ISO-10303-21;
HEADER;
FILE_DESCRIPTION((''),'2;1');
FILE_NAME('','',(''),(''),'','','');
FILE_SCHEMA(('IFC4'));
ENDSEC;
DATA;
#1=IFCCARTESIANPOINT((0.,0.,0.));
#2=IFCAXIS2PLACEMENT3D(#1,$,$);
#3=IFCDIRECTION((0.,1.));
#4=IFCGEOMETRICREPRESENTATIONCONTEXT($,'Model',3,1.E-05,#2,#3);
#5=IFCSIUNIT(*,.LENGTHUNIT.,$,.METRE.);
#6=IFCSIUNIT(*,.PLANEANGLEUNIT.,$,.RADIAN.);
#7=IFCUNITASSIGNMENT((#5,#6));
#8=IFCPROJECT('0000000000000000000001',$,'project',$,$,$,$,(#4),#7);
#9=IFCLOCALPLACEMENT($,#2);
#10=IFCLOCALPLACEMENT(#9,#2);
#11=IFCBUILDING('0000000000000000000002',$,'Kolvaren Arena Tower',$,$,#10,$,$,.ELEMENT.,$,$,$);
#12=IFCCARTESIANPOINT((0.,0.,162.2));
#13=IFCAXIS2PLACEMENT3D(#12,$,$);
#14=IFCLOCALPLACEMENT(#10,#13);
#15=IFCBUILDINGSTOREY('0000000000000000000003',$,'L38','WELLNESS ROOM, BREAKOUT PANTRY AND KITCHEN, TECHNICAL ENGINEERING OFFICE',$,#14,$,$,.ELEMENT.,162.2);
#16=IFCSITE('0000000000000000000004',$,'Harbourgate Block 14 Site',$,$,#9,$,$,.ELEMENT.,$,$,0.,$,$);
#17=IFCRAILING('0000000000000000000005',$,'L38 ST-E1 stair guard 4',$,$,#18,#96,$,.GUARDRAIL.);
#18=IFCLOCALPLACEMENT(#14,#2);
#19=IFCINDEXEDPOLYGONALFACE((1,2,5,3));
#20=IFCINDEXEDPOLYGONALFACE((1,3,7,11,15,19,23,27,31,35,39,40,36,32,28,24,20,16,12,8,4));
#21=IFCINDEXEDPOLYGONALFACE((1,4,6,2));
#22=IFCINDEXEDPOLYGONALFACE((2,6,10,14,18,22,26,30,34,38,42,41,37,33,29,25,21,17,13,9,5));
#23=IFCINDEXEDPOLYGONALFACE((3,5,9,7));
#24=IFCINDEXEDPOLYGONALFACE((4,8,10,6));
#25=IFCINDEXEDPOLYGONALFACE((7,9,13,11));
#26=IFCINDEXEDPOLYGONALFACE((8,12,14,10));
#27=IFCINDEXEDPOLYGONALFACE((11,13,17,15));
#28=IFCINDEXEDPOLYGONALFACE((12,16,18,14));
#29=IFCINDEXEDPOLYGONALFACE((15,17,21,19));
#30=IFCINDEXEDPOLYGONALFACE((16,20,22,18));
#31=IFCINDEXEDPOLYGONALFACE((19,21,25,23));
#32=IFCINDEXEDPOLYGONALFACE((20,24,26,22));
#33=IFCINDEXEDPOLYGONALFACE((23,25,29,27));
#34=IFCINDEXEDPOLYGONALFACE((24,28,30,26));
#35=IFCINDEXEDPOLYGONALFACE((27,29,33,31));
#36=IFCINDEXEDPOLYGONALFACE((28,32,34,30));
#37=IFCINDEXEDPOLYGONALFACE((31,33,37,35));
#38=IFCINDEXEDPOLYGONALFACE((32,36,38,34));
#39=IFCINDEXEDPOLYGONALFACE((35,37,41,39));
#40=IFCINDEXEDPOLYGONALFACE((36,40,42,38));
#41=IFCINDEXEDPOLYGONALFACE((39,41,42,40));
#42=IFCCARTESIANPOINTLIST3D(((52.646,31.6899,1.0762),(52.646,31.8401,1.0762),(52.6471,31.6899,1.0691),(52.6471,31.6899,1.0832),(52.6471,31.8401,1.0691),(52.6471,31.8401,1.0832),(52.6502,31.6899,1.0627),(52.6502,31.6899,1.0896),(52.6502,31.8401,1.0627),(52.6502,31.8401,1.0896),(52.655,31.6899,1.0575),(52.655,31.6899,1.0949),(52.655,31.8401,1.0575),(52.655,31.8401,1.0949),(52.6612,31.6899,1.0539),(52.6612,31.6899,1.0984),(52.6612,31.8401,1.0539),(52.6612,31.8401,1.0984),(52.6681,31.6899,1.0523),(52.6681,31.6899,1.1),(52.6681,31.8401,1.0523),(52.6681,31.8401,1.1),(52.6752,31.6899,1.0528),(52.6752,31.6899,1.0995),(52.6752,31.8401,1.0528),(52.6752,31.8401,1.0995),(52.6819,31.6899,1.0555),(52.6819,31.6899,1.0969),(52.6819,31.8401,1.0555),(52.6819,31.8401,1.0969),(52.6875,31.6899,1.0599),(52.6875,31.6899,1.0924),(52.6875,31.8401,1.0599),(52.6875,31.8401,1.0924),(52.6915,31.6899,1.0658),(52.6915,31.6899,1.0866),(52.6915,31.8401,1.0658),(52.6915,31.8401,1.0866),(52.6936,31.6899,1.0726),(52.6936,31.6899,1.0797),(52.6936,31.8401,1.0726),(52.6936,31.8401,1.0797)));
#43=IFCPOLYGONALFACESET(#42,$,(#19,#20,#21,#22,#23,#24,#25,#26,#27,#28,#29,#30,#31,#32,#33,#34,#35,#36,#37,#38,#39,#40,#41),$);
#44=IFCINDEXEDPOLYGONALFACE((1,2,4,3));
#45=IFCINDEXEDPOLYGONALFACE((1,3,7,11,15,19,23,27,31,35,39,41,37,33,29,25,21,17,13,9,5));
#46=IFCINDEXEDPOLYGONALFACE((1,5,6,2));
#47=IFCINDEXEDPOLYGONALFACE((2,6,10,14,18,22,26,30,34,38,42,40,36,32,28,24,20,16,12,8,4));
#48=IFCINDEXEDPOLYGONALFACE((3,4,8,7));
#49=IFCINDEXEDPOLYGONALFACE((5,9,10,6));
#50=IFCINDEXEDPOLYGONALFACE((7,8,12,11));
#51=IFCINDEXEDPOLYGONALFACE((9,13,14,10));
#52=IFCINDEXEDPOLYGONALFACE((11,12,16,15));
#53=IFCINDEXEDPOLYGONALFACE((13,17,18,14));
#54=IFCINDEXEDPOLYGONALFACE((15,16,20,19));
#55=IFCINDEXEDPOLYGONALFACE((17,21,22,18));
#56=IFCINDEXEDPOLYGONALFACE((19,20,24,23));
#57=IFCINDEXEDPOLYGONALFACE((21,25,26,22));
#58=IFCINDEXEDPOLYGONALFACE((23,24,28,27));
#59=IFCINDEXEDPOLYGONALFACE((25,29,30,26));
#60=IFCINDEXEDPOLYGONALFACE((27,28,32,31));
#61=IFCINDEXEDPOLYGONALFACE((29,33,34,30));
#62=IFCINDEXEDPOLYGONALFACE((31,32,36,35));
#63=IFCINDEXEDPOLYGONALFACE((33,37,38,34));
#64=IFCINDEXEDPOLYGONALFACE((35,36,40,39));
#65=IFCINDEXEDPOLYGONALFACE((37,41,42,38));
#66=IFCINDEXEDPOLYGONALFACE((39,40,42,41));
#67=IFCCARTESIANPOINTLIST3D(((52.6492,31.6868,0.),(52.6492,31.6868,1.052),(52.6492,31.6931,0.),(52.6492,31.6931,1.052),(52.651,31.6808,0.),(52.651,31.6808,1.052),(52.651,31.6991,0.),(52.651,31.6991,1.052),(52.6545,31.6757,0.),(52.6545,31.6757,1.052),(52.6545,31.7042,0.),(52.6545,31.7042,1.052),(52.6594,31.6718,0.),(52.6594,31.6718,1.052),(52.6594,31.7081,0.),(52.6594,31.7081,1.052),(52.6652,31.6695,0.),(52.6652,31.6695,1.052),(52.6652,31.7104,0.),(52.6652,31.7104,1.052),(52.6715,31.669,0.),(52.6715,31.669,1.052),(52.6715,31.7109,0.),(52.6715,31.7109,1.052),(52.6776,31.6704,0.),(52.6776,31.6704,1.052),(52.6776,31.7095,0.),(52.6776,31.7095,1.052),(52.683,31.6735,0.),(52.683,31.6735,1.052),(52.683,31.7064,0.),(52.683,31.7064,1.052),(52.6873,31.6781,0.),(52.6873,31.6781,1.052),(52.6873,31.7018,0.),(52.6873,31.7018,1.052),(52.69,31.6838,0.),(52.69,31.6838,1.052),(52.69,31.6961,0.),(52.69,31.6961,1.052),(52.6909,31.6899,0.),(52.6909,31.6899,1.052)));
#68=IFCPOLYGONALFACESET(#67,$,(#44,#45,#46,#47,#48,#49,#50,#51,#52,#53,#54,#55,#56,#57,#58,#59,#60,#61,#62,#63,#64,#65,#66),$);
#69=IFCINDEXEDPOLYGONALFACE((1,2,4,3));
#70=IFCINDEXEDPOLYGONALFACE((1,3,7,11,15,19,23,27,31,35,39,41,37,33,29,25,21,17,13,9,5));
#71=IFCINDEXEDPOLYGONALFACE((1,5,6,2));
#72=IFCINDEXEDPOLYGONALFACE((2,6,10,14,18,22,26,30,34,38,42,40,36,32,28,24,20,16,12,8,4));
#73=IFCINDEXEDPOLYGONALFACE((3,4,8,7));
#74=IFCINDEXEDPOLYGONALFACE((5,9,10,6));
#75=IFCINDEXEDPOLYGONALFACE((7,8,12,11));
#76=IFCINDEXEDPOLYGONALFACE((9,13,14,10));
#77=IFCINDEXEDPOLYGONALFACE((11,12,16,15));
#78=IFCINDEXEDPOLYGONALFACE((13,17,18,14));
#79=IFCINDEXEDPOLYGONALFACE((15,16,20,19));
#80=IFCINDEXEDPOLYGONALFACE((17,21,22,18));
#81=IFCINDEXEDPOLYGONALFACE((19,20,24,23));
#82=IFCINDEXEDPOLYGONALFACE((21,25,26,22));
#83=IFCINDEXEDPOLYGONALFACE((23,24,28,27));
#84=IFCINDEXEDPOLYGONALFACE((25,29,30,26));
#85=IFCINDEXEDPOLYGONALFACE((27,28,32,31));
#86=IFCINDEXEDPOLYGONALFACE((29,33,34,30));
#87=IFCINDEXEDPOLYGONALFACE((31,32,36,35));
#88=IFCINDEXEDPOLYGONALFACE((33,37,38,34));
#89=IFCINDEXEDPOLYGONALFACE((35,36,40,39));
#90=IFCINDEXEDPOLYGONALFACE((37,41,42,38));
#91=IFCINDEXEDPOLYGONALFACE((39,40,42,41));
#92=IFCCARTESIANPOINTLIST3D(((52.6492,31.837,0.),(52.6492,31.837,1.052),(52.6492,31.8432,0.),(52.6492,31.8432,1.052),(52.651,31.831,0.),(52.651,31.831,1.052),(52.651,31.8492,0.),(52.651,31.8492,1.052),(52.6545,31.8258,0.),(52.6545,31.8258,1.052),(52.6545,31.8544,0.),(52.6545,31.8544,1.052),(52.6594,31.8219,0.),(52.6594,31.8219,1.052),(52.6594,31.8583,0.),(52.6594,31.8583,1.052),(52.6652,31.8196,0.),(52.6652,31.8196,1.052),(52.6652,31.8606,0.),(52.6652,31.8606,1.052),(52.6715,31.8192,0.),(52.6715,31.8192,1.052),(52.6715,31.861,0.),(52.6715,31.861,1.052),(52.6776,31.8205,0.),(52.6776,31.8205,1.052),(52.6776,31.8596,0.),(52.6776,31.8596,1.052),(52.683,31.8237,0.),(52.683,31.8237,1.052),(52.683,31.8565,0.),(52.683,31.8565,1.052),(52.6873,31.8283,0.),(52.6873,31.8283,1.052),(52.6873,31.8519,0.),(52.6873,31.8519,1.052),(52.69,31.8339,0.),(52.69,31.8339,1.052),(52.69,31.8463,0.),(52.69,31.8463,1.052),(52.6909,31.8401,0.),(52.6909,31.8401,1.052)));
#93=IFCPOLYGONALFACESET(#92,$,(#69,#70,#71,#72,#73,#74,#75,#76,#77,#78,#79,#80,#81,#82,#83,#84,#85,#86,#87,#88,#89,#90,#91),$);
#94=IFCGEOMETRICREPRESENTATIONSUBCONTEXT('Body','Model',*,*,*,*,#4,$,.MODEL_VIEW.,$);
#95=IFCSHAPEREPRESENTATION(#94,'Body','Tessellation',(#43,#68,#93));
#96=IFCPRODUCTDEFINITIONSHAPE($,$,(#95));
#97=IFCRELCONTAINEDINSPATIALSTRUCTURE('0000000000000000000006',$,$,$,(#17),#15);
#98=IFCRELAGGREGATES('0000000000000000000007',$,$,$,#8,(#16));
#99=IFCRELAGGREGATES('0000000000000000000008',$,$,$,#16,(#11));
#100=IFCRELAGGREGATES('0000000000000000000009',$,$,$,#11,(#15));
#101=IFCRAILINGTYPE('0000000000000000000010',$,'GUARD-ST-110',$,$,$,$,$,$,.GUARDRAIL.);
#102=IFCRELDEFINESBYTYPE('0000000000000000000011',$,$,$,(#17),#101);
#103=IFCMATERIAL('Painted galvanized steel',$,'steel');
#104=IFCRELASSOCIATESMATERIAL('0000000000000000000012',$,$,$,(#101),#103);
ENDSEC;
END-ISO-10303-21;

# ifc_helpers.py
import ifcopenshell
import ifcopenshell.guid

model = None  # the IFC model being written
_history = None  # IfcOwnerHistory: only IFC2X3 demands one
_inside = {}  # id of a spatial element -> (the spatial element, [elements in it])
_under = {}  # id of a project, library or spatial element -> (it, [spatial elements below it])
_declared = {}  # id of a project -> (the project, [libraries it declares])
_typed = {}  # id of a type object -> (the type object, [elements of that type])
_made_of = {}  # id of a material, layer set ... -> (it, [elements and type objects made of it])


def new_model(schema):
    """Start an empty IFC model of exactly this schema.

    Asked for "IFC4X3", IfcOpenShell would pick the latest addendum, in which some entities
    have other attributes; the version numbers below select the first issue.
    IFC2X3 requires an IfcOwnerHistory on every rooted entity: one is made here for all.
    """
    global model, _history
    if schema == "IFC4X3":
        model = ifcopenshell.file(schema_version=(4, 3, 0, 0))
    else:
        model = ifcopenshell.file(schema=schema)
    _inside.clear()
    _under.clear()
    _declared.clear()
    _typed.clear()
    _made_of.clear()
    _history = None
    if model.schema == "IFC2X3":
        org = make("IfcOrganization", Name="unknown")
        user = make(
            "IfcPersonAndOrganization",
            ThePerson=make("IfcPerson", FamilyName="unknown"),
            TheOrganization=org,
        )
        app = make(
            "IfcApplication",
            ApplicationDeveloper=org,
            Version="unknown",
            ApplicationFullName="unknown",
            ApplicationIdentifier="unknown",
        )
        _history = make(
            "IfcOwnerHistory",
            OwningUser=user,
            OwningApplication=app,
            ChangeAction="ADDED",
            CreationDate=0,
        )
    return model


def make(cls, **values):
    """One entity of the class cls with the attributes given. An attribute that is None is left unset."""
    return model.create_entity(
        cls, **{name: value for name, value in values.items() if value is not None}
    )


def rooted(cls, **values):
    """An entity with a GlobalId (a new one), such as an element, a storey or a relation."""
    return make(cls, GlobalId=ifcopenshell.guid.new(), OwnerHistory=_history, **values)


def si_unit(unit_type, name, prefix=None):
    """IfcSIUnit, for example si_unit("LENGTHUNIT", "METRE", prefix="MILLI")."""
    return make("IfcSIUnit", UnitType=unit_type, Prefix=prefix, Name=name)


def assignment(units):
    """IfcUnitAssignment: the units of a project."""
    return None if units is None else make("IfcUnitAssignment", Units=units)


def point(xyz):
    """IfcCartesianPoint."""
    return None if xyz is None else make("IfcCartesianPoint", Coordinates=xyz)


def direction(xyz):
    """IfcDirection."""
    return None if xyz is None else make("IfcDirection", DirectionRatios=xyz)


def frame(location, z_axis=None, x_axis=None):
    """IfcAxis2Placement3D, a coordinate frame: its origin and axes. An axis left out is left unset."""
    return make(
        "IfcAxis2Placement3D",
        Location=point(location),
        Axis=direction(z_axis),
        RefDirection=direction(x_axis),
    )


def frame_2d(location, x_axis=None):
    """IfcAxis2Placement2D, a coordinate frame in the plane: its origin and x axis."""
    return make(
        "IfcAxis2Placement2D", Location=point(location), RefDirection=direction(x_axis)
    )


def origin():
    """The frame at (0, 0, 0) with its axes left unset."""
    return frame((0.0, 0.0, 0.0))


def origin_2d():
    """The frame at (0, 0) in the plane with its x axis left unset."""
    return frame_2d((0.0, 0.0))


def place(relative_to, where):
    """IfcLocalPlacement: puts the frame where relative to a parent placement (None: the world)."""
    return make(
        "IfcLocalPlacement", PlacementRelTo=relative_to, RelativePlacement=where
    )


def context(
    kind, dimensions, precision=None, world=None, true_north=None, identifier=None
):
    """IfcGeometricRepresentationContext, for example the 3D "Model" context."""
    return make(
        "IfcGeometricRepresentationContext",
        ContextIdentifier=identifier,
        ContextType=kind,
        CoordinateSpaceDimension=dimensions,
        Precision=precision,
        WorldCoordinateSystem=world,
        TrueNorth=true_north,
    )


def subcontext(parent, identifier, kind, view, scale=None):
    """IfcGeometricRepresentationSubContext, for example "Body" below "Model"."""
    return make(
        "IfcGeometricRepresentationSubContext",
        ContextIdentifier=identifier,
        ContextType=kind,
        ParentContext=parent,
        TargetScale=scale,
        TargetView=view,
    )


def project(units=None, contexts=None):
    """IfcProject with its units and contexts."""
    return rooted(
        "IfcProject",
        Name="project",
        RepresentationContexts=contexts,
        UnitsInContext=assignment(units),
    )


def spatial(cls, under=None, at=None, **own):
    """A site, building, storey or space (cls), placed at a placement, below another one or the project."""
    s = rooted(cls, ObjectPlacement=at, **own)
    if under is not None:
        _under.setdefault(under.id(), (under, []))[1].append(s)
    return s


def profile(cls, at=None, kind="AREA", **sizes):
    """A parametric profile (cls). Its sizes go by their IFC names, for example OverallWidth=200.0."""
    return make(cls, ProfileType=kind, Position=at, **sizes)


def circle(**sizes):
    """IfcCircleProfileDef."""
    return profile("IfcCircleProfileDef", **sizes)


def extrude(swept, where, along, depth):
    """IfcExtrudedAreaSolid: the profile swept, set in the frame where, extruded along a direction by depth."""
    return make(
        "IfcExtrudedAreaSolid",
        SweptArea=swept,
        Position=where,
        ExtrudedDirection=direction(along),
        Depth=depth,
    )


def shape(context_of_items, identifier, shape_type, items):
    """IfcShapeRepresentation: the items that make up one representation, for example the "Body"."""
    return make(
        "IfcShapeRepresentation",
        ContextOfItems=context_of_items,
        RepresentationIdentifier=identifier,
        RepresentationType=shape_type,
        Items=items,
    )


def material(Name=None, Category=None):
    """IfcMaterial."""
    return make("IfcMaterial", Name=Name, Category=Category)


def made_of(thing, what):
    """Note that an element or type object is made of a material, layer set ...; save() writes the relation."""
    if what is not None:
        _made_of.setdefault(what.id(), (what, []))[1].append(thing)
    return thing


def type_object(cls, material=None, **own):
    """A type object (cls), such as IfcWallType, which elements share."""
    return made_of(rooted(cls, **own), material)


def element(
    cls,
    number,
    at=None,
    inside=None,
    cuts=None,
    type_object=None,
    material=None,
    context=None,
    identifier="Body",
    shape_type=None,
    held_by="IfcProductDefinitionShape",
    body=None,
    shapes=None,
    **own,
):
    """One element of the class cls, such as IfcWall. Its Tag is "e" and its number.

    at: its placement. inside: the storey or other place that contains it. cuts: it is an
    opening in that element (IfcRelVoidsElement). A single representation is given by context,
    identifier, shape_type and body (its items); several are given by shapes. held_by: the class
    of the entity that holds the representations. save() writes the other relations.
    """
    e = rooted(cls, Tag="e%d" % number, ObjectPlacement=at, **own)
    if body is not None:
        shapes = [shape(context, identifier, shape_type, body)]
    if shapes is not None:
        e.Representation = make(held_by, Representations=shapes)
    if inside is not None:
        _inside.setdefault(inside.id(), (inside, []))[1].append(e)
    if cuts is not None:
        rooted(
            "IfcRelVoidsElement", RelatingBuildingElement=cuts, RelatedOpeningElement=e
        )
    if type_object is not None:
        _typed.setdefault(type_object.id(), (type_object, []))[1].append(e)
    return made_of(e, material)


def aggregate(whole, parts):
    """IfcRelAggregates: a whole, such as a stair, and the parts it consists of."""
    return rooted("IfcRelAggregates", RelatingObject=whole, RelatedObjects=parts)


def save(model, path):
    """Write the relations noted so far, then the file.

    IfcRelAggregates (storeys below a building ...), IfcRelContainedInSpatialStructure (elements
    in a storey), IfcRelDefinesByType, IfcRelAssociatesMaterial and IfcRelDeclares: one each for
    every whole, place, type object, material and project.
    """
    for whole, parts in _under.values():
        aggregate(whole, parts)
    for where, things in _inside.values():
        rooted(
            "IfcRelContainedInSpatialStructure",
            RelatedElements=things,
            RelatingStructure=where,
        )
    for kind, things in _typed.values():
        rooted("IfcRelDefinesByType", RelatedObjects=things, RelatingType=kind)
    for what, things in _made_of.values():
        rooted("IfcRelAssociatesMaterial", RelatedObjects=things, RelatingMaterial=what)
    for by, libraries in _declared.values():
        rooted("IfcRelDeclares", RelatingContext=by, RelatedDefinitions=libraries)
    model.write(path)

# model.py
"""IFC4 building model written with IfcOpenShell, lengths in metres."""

from ifc_helpers import new_model, si_unit, direction, frame, origin, origin_2d, place, context, subcontext, project, spatial, circle, extrude, material, type_object, element, save


model = new_model("IFC4")

# Units and contexts
model_context = context("Model", 3, precision=1e-05, world=origin(), true_north=direction((0.0, 1.0)))
body_context = subcontext(model_context, "Body", "Model", "MODEL_VIEW")
ifc_project = project(units=[si_unit("LENGTHUNIT", "METRE"), si_unit("PLANEANGLEUNIT", "RADIAN")], contexts=[model_context])

# Site, building, storey
site_placement = place(None, origin())
site = spatial("IfcSite", under=ifc_project, at=site_placement, Name="Harbourgate Block 14 Site", CompositionType="ELEMENT", RefElevation=0.0)
building_placement = place(site_placement, origin())
building = spatial("IfcBuilding", under=site, at=building_placement, Name="Kolvaren Arena Tower", CompositionType="ELEMENT")
storey_placement = place(building_placement, frame((0.0, 0.0, 162.2)))
storey = spatial("IfcBuildingStorey", under=building, at=storey_placement, Name="L38", Description="WELLNESS ROOM, BREAKOUT PANTRY AND KITCHEN, TECHNICAL ENGINEERING OFFICE", CompositionType="ELEMENT", Elevation=162.2)

# Railing
ifc_material_1 = material(Name="Painted galvanized steel", Category="steel")
railing_type_1 = type_object("IfcRailingType", Name="GUARD-ST-110", PredefinedType="GUARDRAIL", material=ifc_material_1)
railing_1_placement = place(storey_placement, frame((52.6699, 31.6899, 0.0)))
element("IfcRailing", 1, at=railing_1_placement, inside=storey, type_object=railing_type_1, Name="L38 ST-E1 stair guard 4", PredefinedType="GUARDRAIL", context=body_context, shape_type="SweptSolid", body=[
    extrude(circle(Radius=0.0239, at=origin_2d()), frame((0.0, 0.0, 1.0762), z_axis=(0.0, 1.0, 0.0), x_axis=(-1.0, 0.0, 0.0)), (0.0, 0.0, 1.0), 0.1501),
    extrude(circle(Radius=0.021, at=origin_2d()), origin(), (0.0, 0.0, 1.0), 1.052),
    extrude(circle(Radius=0.021, at=origin_2d()), frame((0.0, 0.1501, 0.0)), (0.0, 0.0, 1.0), 1.052),
])

save(model, "model.ifc")
